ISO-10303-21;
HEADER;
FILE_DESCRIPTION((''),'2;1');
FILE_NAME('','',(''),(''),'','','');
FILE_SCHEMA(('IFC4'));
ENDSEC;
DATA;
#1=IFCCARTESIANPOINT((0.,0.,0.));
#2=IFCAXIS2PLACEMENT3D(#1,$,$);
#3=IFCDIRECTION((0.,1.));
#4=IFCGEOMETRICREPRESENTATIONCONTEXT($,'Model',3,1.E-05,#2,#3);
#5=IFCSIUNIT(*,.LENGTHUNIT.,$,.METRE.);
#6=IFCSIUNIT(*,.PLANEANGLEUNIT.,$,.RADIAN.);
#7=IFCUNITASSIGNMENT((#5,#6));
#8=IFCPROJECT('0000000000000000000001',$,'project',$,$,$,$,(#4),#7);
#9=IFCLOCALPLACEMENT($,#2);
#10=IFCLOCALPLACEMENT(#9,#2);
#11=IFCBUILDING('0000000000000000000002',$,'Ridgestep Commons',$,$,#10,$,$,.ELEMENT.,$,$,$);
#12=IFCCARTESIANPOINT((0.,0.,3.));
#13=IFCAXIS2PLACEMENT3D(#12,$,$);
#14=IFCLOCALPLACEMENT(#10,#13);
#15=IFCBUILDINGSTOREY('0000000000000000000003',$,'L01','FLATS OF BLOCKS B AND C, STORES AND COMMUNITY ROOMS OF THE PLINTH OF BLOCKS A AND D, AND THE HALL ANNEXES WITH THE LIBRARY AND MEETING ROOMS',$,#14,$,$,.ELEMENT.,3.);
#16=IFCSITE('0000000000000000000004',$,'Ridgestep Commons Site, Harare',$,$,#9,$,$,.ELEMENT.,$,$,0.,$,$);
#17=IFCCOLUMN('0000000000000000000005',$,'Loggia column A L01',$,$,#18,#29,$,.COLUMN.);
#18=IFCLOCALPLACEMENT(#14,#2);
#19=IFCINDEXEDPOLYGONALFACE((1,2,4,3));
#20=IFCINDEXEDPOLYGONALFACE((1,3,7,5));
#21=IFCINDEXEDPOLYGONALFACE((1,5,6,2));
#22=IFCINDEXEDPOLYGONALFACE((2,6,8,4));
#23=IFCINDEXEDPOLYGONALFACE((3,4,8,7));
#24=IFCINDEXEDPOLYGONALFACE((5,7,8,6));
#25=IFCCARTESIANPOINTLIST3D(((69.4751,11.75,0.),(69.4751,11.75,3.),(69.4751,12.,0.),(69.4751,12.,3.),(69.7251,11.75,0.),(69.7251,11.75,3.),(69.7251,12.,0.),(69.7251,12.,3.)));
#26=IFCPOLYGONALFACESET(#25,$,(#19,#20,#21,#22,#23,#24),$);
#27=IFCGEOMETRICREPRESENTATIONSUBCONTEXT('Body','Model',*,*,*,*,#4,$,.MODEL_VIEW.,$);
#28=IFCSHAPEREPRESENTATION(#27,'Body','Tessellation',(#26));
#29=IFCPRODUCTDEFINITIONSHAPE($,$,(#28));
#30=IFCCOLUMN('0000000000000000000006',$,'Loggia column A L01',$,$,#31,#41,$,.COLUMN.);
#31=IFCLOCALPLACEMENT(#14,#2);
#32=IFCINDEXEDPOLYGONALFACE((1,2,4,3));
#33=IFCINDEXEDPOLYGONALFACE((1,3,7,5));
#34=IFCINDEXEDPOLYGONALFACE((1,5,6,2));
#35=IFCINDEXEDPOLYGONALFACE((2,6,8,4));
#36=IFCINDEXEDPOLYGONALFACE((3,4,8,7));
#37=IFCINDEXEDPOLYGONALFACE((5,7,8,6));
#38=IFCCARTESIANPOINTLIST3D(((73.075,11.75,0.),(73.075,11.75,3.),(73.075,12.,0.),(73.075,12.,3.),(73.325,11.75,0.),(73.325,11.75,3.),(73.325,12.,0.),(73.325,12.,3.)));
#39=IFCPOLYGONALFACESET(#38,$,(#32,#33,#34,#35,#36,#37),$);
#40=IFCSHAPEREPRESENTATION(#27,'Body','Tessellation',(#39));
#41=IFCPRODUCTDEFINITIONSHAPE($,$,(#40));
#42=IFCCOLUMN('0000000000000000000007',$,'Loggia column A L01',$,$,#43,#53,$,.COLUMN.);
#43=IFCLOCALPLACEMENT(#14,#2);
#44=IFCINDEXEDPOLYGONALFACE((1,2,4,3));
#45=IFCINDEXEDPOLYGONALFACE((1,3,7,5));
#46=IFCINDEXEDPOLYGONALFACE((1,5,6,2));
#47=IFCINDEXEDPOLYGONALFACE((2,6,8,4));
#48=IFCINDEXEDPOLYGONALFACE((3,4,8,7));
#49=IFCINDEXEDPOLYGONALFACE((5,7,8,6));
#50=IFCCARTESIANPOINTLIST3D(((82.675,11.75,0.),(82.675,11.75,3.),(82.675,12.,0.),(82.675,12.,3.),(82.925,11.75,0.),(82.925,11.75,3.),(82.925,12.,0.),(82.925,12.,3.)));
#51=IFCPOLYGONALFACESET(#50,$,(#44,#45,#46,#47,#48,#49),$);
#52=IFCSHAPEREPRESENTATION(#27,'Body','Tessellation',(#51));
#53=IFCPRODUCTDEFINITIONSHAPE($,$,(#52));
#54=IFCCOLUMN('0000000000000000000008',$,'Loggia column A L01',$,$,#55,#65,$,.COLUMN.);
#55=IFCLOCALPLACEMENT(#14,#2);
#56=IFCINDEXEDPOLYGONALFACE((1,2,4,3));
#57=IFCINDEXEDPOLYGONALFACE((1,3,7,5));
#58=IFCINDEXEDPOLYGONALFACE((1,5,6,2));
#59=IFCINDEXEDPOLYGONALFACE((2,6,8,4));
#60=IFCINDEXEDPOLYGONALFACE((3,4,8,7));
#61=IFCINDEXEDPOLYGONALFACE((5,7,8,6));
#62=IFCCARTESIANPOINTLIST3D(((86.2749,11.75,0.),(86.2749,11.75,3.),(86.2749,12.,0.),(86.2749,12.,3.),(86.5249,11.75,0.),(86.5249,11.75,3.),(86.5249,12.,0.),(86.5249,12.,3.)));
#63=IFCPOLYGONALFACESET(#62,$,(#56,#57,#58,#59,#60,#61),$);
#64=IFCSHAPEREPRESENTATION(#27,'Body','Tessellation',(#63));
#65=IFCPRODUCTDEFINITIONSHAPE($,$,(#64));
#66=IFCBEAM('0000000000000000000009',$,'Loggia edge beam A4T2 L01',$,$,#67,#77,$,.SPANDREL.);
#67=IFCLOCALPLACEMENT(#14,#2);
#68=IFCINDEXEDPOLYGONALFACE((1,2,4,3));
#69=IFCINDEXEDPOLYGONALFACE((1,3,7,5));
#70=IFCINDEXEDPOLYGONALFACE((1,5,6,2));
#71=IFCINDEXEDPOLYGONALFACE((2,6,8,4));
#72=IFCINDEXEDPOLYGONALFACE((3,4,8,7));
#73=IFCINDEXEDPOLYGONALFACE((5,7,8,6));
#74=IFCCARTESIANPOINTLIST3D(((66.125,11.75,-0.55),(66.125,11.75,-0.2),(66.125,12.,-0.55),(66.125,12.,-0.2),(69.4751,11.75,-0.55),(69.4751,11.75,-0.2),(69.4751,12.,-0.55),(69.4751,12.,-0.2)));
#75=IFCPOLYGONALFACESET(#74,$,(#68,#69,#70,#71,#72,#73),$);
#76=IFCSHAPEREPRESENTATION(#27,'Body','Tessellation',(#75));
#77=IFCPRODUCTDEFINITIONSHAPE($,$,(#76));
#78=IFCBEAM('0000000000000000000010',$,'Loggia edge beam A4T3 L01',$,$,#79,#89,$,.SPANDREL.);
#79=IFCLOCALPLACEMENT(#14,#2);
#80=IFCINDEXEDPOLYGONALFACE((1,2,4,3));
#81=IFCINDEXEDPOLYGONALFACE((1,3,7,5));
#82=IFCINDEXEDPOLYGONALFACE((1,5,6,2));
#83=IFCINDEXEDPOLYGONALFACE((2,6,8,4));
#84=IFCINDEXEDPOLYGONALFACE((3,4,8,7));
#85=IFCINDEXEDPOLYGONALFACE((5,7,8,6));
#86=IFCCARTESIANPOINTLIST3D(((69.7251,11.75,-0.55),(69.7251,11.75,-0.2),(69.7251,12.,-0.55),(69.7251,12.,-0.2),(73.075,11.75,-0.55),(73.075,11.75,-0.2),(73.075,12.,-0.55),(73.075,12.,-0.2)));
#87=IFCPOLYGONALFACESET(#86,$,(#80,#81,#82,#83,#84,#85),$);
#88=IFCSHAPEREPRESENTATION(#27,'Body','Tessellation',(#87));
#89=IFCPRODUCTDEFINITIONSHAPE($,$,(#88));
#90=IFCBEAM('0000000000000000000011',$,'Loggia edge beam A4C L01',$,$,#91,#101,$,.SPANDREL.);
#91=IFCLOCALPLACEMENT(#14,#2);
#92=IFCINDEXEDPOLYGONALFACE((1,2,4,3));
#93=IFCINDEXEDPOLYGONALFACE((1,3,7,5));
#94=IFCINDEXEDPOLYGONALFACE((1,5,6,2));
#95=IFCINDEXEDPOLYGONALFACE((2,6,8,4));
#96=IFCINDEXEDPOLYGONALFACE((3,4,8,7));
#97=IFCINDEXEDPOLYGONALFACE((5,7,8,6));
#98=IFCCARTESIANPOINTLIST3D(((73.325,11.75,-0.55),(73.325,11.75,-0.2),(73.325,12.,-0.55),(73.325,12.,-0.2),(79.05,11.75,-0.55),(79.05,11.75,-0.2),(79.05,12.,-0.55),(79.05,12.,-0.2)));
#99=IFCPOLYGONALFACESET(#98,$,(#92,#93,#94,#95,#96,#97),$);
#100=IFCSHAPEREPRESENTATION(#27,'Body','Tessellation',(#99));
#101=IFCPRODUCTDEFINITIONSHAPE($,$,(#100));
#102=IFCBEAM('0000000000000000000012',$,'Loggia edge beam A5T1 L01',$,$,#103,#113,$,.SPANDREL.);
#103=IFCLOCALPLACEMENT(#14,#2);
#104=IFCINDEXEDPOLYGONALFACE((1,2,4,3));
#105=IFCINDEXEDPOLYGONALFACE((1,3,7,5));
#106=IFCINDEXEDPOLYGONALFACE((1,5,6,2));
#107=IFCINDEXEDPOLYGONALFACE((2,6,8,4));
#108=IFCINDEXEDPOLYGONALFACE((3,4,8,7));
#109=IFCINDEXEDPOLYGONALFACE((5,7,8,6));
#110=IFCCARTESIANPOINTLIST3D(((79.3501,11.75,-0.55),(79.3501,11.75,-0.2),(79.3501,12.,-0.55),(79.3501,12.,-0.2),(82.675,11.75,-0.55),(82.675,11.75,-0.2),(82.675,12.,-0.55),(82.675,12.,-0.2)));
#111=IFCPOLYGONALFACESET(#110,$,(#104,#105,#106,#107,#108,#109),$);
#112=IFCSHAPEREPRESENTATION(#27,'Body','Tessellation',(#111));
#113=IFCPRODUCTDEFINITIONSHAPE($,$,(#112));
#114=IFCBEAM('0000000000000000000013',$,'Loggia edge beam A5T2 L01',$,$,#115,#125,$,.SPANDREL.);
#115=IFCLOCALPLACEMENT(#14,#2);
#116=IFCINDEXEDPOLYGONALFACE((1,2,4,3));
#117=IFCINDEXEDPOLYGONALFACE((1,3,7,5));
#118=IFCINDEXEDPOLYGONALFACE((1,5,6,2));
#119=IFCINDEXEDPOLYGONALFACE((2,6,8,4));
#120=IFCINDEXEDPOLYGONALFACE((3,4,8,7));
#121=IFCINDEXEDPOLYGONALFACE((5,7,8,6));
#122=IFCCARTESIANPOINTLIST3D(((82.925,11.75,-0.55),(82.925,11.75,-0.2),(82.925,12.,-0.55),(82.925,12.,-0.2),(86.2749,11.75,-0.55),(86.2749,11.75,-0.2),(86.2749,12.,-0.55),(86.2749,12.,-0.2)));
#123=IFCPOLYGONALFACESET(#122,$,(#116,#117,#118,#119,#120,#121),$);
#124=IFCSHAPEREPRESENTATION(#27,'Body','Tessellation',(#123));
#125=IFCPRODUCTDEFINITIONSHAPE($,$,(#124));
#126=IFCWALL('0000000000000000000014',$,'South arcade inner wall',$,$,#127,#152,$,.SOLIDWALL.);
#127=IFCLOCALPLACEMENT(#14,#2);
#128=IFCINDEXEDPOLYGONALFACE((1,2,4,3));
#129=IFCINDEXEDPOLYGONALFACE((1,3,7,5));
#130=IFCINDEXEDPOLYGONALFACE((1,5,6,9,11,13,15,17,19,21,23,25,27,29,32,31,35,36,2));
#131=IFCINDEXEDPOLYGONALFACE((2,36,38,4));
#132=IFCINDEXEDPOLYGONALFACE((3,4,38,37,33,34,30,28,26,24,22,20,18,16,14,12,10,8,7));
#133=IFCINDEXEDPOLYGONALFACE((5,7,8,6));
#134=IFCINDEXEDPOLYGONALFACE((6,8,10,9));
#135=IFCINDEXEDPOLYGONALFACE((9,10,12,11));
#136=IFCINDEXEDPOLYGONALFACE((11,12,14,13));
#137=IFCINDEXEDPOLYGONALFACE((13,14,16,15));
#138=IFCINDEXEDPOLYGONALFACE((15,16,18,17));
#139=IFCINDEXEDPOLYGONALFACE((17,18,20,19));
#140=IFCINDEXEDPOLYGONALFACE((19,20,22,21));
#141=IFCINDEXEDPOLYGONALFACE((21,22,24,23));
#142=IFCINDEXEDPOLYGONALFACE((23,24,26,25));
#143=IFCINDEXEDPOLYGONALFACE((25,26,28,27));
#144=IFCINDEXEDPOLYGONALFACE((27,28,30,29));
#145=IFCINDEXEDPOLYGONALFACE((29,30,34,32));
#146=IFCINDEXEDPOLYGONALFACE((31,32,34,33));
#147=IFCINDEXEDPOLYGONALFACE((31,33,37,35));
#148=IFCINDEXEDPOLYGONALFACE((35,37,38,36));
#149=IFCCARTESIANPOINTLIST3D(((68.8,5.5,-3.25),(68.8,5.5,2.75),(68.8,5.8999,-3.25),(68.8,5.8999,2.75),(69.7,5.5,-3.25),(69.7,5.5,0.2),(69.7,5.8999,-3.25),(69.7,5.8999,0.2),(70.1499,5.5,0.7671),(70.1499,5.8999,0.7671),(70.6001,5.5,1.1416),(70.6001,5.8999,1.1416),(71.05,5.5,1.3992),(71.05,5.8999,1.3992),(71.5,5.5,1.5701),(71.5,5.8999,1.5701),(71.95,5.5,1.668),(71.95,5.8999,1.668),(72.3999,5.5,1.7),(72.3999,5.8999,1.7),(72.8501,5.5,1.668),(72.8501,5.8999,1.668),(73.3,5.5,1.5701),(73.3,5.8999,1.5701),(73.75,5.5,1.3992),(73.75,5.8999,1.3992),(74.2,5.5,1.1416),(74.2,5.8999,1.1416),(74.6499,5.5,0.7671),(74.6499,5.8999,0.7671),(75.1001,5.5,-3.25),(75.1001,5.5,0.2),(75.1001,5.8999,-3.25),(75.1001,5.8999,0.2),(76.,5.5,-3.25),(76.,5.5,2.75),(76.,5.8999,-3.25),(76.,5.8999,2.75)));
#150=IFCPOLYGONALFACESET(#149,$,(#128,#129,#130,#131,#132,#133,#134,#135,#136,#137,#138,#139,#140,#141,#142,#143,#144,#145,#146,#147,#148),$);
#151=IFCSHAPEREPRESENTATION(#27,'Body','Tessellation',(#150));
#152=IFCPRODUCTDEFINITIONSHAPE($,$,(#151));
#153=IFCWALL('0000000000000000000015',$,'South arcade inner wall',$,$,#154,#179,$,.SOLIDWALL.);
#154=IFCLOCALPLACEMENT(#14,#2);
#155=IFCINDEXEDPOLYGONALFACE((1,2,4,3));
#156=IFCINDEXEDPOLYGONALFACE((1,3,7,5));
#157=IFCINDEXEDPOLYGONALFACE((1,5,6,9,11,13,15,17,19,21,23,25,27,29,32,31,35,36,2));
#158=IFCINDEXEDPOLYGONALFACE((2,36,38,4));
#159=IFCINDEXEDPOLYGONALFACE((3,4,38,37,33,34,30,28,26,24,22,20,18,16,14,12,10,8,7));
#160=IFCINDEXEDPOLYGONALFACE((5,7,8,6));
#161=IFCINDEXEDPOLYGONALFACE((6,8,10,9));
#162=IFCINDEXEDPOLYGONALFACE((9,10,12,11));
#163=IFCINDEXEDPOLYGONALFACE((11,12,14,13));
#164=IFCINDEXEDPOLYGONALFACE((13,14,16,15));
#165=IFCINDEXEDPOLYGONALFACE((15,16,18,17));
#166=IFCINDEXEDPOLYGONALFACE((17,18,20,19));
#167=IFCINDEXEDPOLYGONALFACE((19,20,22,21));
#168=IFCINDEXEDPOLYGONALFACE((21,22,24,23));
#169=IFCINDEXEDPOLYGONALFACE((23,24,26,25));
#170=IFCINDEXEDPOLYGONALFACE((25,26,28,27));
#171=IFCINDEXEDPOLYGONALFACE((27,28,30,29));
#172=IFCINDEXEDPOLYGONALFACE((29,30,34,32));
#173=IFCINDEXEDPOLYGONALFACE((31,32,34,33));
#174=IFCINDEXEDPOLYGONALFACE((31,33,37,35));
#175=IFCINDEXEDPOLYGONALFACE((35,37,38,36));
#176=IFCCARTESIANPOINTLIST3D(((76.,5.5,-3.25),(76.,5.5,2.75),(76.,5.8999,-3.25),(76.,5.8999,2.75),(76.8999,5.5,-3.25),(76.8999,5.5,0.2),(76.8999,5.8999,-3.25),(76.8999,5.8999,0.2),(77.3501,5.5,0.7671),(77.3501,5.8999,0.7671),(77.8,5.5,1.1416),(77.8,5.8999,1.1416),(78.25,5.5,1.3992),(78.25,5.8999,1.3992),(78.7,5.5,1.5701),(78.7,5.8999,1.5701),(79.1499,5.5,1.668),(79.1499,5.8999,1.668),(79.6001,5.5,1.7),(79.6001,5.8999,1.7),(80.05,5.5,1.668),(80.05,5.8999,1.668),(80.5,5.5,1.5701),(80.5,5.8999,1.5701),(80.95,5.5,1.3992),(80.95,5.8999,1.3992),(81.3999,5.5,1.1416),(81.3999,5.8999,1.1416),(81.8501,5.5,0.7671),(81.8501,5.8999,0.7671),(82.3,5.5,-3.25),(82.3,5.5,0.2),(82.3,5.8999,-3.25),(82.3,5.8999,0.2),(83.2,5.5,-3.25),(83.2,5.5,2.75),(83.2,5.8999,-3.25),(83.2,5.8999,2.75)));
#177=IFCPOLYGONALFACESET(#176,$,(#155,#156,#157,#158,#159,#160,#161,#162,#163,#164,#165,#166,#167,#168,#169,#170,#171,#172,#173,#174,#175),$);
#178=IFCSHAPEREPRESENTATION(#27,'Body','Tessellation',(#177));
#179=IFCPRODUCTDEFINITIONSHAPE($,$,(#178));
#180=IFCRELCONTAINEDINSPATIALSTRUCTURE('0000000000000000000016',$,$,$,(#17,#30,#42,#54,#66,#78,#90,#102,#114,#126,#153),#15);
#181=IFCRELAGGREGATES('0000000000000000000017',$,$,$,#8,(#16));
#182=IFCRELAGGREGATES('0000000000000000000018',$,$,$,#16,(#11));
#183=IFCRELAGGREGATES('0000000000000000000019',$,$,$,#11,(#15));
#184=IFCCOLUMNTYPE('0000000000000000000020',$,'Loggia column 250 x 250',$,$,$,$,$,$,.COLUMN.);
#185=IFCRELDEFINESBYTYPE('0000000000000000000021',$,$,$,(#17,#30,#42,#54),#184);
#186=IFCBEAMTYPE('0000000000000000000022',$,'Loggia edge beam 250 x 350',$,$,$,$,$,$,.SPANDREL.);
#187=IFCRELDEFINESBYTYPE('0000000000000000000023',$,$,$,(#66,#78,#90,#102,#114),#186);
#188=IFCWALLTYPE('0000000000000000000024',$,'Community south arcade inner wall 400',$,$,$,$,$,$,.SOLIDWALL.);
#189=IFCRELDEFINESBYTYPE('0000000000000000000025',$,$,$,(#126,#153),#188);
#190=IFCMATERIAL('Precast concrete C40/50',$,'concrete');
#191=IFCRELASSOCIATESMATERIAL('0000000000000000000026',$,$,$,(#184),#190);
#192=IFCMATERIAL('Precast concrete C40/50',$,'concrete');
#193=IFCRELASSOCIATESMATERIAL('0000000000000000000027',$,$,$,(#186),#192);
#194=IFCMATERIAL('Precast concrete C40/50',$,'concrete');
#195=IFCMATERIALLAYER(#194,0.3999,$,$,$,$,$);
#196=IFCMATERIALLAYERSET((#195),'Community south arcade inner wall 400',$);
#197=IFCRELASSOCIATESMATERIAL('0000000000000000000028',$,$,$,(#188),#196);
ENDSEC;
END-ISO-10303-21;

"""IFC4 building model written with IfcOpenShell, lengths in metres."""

from ifc_helpers import new_model, si_unit, direction, frame, origin, origin_2d, place, context, subcontext, project, spatial, polyline, rectangle, outline, extrude, material, layer, layer_set, material_profile, profile_set, type_object, element, save


model = new_model("IFC4")

# Units and contexts
model_context = context("Model", 3, precision=1e-05, world=origin(), true_north=direction((0.0, 1.0)))
body_context = subcontext(model_context, "Body", "Model", "MODEL_VIEW")
ifc_project = project(units=[si_unit("LENGTHUNIT", "METRE"), si_unit("PLANEANGLEUNIT", "RADIAN")], contexts=[model_context])

# Site, building, storey
site_placement = place(None, origin())
site = spatial("IfcSite", under=ifc_project, at=site_placement, Name="Ridgestep Commons Site, Harare", CompositionType="ELEMENT", RefElevation=0.0)
building_placement = place(site_placement, origin())
building = spatial("IfcBuilding", under=site, at=building_placement, Name="Ridgestep Commons", CompositionType="ELEMENT")
storey_placement = place(building_placement, frame((0.0, 0.0, 3.0)))
storey = spatial("IfcBuildingStorey", under=building, at=storey_placement, Name="L01", Description="FLATS OF BLOCKS B AND C, STORES AND COMMUNITY ROOMS OF THE PLINTH OF BLOCKS A AND D, AND THE HALL ANNEXES WITH THE LIBRARY AND MEETING ROOMS", CompositionType="ELEMENT", Elevation=3.0)

# Columns
ifc_material_1 = material(Name="Precast concrete C40/50", Category="concrete")
ifc_material_profile_1 = material_profile(ifc_material_1, rectangle(XDim=0.25, YDim=0.25, at=origin_2d()), Name="PC 250x250")
ifc_profile_set_1 = profile_set([ifc_material_profile_1], Name="Precast concrete C40/50")
column_type = type_object("IfcColumnType", Name="Loggia column 250 x 250", PredefinedType="COLUMN", material=ifc_profile_set_1)
for number, where, z_axis, x_axis, name in (
    (1, (69.6001, 11.875, 0.0), (0.0, 0.0, 1.0), (1.0, 0.0, 0.0), "Loggia column A L01"),
    (2, (73.2, 11.875, 0.0), (0.0, 0.0, 1.0), (1.0, 0.0, 0.0), "Loggia column A L01"),
    (3, (82.8, 11.875, 0.0), (0.0, 0.0, 1.0), (1.0, 0.0, 0.0), "Loggia column A L01"),
    (4, (86.3999, 11.875, 0.0), (0.0, 0.0, 1.0), (1.0, 0.0, 0.0), "Loggia column A L01"),
):
    element("IfcColumn", number, at=place(storey_placement, frame(where, z_axis=z_axis, x_axis=x_axis)), inside=storey, type_object=column_type, Name=name, PredefinedType="COLUMN", context=body_context, shape_type="SweptSolid", body=[
        extrude(rectangle(XDim=0.25, YDim=0.25, at=origin_2d()), origin(), (0.0, 0.0, 1.0), 3.0),
    ])

# Beams
ifc_material_2 = material(Name="Precast concrete C40/50", Category="concrete")
ifc_material_profile_2 = material_profile(ifc_material_2, rectangle(XDim=0.25, YDim=0.3501, at=origin_2d()), Name="PC 250x350")
ifc_profile_set_2 = profile_set([ifc_material_profile_2], Name="Precast concrete C40/50")
beam_type = type_object("IfcBeamType", Name="Loggia edge beam 250 x 350", PredefinedType="SPANDREL", material=ifc_profile_set_2)
beam_1_placement = place(storey_placement, frame((66.125, 11.875, -0.375), z_axis=(1.0, 0.0, 0.0), x_axis=(0.0, 1.0, 0.0)))
element("IfcBeam", 5, at=beam_1_placement, inside=storey, type_object=beam_type, Name="Loggia edge beam A4T2 L01", PredefinedType="SPANDREL", context=body_context, shape_type="SweptSolid", body=[
    extrude(rectangle(XDim=0.25, YDim=0.3501, at=origin_2d()), origin(), (0.0, 0.0, 1.0), 3.3501),
])
beam_2_placement = place(storey_placement, frame((69.7251, 11.875, -0.375), z_axis=(1.0, 0.0, 0.0), x_axis=(0.0, 1.0, 0.0)))
element("IfcBeam", 6, at=beam_2_placement, inside=storey, type_object=beam_type, Name="Loggia edge beam A4T3 L01", PredefinedType="SPANDREL", context=body_context, shape_type="SweptSolid", body=[
    extrude(rectangle(XDim=0.25, YDim=0.3501, at=origin_2d()), origin(), (0.0, 0.0, 1.0), 3.3499),
])
beam_3_placement = place(storey_placement, frame((73.325, 11.875, -0.375), z_axis=(1.0, 0.0, 0.0), x_axis=(0.0, 1.0, 0.0)))
element("IfcBeam", 7, at=beam_3_placement, inside=storey, type_object=beam_type, Name="Loggia edge beam A4C L01", PredefinedType="SPANDREL", context=body_context, shape_type="SweptSolid", body=[
    extrude(rectangle(XDim=0.25, YDim=0.3501, at=origin_2d()), origin(), (0.0, 0.0, 1.0), 5.7251),
])
beam_4_placement = place(storey_placement, frame((79.3501, 11.875, -0.375), z_axis=(1.0, 0.0, 0.0), x_axis=(0.0, 1.0, 0.0)))
element("IfcBeam", 8, at=beam_4_placement, inside=storey, type_object=beam_type, Name="Loggia edge beam A5T1 L01", PredefinedType="SPANDREL", context=body_context, shape_type="SweptSolid", body=[
    extrude(rectangle(XDim=0.25, YDim=0.3501, at=origin_2d()), origin(), (0.0, 0.0, 1.0), 3.325),
])
beam_5_placement = place(storey_placement, frame((82.925, 11.875, -0.375), z_axis=(1.0, 0.0, 0.0), x_axis=(0.0, 1.0, 0.0)))
element("IfcBeam", 9, at=beam_5_placement, inside=storey, type_object=beam_type, Name="Loggia edge beam A5T2 L01", PredefinedType="SPANDREL", context=body_context, shape_type="SweptSolid", body=[
    extrude(rectangle(XDim=0.25, YDim=0.3501, at=origin_2d()), origin(), (0.0, 0.0, 1.0), 3.3499),
])

# Walls
ifc_material_3 = material(Name="Precast concrete C40/50", Category="concrete")
ifc_layer_1 = layer(ifc_material_3, 0.3999)
ifc_layer_set_1 = layer_set([ifc_layer_1], Name="Community south arcade inner wall 400")
wall_type_1 = type_object("IfcWallType", Name="Community south arcade inner wall 400", PredefinedType="SOLIDWALL", material=ifc_layer_set_1)
wall_1_placement = place(storey_placement, frame((68.8, 5.5, -3.25), z_axis=(0.0, -1.0, 0.0), x_axis=(1.0, 0.0, 0.0)))
element("IfcWall", 10, at=wall_1_placement, inside=storey, type_object=wall_type_1, Name="South arcade inner wall", PredefinedType="SOLIDWALL", context=body_context, shape_type="SweptSolid", body=[
    extrude(outline(polyline([(0.0, 0.0), (0.8999, 0.0), (0.8999, 3.45), (1.3499, 4.0171), (1.8, 4.3916), (2.25, 4.6492), (2.7, 4.8201), (3.1499, 4.918), (3.5999, 4.95), (4.05, 4.918), (4.5, 4.8201), (4.95, 4.6492), (5.3999, 4.3916), (5.8499, 4.0171), (6.3, 3.45), (6.3, 0.0), (7.2, 0.0), (7.2, 6.0), (0.0, 6.0), (0.0, 0.0)])), origin(), (0.0, 0.0, -1.0), 0.3999),
])
wall_2_placement = place(storey_placement, frame((76.0, 5.5, -3.25), z_axis=(0.0, -1.0, 0.0), x_axis=(1.0, 0.0, 0.0)))
element("IfcWall", 11, at=wall_2_placement, inside=storey, type_object=wall_type_1, Name="South arcade inner wall", PredefinedType="SOLIDWALL", context=body_context, shape_type="SweptSolid", body=[
    extrude(outline(polyline([(0.0, 0.0), (0.8999, 0.0), (0.8999, 3.45), (1.3501, 4.0171), (1.8, 4.3916), (2.25, 4.6492), (2.7, 4.8201), (3.1499, 4.918), (3.6001, 4.95), (4.05, 4.918), (4.5, 4.8201), (4.95, 4.6492), (5.3999, 4.3916), (5.8501, 4.0171), (6.3, 3.45), (6.3, 0.0), (7.2, 0.0), (7.2, 6.0), (0.0, 6.0), (0.0, 0.0)])), origin(), (0.0, 0.0, -1.0), 0.3999),
])

save(model, "model.ifc")
